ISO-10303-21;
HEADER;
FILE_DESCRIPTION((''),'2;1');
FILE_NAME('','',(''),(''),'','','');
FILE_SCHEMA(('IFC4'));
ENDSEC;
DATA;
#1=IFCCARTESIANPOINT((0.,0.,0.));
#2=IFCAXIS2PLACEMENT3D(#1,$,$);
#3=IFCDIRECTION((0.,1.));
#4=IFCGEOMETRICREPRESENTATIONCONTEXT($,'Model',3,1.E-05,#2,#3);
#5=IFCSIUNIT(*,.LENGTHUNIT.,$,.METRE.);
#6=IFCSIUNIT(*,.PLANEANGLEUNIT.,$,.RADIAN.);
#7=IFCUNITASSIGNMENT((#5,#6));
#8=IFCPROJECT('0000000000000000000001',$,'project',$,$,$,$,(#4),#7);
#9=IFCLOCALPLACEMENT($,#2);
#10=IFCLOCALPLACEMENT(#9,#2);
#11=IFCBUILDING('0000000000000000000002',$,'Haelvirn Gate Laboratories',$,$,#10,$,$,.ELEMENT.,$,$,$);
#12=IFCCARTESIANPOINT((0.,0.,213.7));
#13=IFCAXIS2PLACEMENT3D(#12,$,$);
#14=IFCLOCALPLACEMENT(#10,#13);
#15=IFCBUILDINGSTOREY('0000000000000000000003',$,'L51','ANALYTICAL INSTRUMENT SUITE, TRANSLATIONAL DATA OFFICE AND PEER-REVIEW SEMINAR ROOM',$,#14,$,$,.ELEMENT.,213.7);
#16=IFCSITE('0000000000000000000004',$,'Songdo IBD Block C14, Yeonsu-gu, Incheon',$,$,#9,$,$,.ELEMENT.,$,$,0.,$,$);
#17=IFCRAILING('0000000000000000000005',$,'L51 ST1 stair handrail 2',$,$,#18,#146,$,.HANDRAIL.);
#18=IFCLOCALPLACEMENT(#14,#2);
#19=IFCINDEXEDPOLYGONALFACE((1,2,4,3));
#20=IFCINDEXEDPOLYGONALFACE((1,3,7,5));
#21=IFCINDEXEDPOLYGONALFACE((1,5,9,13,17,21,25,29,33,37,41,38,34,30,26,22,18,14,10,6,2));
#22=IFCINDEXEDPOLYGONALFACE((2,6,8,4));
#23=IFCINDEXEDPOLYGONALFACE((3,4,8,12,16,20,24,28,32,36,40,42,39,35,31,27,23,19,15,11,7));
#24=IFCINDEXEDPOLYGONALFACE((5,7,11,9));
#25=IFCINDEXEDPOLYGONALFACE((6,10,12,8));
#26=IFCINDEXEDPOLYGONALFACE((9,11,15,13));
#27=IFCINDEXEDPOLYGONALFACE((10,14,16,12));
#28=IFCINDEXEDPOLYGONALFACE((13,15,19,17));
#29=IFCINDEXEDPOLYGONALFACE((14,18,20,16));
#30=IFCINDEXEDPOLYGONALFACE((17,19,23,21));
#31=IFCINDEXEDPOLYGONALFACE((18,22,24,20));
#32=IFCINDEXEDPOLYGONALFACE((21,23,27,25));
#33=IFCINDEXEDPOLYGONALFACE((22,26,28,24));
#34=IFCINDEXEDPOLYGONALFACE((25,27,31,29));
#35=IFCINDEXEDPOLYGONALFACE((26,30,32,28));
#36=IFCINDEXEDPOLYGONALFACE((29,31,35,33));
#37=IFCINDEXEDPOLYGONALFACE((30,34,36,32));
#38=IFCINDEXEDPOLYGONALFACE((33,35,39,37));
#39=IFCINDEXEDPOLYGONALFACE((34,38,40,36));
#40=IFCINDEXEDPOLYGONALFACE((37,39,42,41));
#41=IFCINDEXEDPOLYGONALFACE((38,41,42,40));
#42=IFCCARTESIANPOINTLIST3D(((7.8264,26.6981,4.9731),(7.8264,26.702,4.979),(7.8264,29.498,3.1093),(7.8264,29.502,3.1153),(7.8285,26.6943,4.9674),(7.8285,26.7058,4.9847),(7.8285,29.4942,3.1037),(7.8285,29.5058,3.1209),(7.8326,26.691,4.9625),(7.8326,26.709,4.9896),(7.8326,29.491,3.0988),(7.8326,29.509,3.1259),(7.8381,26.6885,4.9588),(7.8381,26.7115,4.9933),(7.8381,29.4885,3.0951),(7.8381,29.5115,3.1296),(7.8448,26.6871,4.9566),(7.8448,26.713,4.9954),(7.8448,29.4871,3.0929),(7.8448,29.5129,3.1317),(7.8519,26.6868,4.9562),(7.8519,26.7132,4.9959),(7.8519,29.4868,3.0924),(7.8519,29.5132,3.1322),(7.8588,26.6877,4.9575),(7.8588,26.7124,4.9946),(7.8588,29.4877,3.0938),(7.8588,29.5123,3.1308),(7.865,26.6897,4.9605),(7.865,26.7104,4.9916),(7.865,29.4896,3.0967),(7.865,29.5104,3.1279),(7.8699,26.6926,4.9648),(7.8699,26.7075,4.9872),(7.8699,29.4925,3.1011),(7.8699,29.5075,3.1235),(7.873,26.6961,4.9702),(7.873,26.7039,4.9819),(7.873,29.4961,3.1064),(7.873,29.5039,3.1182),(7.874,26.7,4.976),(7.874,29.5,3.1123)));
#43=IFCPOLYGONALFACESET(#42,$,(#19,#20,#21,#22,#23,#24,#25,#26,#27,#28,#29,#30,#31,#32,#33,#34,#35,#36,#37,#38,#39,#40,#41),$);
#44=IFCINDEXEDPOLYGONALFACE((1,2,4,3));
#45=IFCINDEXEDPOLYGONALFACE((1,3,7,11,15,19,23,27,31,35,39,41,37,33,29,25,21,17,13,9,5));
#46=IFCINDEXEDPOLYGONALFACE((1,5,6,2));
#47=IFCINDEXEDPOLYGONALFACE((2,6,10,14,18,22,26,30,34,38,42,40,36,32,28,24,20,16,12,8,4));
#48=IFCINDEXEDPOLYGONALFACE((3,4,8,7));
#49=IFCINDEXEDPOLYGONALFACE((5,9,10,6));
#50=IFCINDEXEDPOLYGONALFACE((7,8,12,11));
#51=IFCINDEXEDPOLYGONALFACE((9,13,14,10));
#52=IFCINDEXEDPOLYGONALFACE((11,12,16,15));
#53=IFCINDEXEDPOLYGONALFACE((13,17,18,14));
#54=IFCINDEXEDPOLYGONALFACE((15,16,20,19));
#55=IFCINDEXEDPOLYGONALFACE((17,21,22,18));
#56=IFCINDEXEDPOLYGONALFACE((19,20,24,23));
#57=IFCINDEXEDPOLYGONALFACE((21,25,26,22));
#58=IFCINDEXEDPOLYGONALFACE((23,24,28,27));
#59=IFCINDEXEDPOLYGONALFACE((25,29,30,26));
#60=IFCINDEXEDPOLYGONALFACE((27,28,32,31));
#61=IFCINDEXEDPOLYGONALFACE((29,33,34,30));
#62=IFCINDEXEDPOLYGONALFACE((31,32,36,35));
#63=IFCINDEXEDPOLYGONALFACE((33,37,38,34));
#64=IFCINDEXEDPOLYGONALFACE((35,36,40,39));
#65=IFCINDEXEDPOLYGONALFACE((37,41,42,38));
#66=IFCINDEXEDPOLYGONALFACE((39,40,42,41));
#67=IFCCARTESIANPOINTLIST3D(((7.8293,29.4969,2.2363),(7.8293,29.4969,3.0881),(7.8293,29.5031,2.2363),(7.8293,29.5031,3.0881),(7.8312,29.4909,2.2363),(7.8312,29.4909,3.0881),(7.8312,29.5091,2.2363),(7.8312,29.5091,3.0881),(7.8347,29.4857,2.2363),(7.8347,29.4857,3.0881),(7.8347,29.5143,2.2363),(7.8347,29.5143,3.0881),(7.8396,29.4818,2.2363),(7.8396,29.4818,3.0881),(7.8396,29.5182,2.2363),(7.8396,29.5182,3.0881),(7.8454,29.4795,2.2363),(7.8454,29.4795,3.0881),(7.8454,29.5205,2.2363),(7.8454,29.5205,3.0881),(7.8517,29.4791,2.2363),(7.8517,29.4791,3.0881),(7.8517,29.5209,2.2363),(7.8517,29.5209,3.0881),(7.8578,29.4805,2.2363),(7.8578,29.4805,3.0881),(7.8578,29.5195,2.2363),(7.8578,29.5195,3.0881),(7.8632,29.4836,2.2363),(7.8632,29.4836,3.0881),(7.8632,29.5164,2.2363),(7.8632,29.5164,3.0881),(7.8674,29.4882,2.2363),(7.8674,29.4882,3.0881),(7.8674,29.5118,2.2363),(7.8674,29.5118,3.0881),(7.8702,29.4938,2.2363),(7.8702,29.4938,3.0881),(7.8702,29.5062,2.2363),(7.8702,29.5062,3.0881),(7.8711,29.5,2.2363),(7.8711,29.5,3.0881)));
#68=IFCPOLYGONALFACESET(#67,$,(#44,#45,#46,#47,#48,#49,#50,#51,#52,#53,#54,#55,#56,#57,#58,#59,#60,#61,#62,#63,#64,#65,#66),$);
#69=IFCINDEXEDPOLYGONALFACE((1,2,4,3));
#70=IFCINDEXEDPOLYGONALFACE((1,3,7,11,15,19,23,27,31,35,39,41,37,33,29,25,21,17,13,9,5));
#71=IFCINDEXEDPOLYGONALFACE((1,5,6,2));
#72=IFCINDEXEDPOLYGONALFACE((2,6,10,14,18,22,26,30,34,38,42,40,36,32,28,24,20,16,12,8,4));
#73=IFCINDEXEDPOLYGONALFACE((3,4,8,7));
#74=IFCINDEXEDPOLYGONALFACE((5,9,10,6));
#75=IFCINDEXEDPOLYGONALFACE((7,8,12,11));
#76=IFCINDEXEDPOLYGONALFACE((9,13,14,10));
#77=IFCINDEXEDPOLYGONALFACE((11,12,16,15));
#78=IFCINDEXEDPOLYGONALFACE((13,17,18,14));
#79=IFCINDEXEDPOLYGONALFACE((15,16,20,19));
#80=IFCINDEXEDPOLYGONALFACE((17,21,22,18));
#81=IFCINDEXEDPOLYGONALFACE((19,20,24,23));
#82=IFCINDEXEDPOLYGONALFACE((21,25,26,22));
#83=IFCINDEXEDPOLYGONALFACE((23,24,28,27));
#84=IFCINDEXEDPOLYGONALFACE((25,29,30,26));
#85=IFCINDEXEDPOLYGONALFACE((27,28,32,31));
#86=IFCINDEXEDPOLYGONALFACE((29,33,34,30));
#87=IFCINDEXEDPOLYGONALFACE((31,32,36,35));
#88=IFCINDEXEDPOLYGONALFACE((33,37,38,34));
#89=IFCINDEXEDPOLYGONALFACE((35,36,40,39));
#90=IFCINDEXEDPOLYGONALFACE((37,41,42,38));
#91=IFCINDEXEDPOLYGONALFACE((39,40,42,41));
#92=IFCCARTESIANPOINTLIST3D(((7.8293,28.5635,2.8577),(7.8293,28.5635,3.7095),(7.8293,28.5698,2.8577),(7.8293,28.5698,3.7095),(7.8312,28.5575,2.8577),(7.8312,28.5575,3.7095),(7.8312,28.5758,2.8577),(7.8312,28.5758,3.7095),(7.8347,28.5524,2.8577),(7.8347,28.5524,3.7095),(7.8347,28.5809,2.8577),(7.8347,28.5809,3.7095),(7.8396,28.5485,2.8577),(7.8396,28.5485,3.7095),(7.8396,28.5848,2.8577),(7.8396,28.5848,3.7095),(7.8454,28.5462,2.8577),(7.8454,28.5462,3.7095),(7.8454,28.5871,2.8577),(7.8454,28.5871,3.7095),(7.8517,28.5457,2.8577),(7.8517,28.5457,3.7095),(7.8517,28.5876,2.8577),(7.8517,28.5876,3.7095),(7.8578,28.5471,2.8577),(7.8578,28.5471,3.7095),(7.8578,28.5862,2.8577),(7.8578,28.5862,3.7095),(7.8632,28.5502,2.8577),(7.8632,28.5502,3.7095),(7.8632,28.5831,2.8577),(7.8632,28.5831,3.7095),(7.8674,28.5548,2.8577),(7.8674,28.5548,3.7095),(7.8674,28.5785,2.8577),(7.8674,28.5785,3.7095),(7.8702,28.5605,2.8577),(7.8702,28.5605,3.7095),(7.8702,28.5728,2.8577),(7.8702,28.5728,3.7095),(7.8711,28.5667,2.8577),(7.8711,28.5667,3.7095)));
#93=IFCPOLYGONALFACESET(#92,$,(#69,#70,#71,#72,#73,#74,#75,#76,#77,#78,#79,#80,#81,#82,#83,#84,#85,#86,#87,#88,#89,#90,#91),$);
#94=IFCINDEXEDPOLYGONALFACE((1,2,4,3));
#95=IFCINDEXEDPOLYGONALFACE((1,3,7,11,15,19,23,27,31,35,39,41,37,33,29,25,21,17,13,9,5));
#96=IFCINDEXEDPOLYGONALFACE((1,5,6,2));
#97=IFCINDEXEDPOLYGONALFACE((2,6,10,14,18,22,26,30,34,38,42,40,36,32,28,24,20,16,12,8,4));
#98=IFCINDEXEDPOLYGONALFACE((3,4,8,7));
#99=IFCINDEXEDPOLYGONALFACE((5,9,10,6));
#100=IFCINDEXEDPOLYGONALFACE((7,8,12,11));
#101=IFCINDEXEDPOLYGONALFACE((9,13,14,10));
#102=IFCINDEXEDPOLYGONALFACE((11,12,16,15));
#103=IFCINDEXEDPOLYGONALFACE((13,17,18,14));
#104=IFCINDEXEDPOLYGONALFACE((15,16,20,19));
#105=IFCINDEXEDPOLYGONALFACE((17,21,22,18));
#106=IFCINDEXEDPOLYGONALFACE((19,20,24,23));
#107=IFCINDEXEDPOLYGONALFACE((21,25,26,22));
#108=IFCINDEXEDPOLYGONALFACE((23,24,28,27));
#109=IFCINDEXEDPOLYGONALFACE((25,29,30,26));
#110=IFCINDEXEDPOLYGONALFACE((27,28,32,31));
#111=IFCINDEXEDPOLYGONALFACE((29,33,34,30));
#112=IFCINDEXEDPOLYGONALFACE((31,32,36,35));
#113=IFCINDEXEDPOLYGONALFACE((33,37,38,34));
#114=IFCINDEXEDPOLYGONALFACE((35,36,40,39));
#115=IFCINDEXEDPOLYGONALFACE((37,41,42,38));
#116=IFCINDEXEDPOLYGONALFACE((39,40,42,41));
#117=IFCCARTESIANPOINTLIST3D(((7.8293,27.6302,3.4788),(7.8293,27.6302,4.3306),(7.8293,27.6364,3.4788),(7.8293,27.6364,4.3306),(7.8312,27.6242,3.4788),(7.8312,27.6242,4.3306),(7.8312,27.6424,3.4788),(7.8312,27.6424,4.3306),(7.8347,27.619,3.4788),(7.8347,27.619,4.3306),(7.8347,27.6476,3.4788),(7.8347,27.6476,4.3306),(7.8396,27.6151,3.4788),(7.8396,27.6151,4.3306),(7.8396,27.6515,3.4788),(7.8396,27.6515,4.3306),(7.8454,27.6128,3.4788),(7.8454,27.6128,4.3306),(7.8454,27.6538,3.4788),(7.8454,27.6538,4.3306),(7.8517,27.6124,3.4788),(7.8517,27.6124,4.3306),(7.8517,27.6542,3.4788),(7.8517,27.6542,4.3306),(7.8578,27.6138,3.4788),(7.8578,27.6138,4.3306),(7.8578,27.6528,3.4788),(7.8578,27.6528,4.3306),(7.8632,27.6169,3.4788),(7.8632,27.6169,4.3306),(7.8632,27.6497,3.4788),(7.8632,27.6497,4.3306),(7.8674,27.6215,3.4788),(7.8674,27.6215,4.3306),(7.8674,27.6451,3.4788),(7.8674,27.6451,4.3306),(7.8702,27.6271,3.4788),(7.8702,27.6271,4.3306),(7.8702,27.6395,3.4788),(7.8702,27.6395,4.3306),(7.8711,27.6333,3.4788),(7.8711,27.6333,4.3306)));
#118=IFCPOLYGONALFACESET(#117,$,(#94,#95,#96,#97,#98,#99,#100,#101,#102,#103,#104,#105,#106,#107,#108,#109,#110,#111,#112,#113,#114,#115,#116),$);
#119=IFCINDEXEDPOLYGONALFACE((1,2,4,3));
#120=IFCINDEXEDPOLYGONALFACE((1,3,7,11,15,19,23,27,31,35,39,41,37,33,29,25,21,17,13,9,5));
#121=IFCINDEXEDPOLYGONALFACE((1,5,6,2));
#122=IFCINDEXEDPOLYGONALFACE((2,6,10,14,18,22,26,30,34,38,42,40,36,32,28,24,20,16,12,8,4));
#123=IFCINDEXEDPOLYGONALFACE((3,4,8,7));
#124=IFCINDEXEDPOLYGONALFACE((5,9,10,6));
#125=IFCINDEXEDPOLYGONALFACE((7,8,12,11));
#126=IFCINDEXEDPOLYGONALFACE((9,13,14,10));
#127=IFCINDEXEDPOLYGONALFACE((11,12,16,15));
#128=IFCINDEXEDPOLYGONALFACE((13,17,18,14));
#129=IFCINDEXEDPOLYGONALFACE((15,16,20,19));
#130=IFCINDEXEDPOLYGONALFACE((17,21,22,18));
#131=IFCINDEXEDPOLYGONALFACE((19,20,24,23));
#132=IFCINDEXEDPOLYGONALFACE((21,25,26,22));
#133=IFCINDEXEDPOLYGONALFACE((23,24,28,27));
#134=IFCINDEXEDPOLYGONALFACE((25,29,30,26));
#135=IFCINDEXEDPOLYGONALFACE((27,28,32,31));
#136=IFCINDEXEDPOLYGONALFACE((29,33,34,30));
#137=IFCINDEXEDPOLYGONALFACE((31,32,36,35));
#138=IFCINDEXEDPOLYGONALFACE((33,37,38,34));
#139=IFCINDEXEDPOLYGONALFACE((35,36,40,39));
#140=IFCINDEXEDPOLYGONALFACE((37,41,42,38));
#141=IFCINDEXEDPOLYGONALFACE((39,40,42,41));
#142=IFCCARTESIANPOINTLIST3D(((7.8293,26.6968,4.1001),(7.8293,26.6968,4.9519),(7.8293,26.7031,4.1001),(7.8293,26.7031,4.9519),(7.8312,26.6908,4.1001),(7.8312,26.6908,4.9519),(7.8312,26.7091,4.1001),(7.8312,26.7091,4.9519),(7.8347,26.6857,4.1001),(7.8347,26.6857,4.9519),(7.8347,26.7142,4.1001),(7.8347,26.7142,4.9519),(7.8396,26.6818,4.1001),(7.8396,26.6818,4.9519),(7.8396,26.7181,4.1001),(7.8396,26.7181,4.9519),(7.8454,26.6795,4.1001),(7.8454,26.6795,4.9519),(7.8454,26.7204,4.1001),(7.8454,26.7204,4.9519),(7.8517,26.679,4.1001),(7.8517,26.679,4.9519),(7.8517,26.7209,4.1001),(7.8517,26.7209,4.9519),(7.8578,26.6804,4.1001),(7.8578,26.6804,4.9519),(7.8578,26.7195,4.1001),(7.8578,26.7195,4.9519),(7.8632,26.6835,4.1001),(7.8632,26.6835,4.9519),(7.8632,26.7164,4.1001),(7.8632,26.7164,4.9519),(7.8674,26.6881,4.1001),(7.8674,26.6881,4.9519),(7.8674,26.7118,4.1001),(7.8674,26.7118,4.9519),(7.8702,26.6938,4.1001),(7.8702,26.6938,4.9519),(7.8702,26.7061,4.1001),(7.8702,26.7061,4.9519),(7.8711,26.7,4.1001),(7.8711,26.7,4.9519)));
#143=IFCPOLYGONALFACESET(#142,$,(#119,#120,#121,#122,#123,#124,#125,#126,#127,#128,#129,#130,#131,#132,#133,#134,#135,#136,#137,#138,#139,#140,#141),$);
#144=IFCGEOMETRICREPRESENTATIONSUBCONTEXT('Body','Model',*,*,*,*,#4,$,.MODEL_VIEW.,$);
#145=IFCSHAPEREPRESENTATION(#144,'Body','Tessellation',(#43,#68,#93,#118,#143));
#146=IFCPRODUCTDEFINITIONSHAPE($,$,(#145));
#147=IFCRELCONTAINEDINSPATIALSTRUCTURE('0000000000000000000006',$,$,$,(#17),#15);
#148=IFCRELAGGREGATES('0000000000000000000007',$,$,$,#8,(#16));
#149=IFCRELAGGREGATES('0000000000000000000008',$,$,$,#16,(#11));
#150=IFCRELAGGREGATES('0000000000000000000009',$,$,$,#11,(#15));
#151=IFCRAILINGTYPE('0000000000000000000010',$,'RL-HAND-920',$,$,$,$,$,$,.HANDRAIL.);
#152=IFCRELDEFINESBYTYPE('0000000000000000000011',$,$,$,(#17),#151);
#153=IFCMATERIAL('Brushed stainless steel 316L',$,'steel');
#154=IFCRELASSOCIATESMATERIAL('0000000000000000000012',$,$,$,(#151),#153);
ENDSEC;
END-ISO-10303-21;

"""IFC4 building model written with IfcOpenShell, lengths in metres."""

from ifc_helpers import new_model, si_unit, direction, frame, origin, origin_2d, place, context, subcontext, project, spatial, circle, extrude, source, transform, mapped, material, type_object, element, save


model = new_model("IFC4")

# Units and contexts
model_context = context("Model", 3, precision=1e-05, world=origin(), true_north=direction((0.0, 1.0)))
body_context = subcontext(model_context, "Body", "Model", "MODEL_VIEW")
ifc_project = project(units=[si_unit("LENGTHUNIT", "METRE"), si_unit("PLANEANGLEUNIT", "RADIAN")], contexts=[model_context])

# Site, building, storey
site_placement = place(None, origin())
site = spatial("IfcSite", under=ifc_project, at=site_placement, Name="Songdo IBD Block C14, Yeonsu-gu, Incheon", CompositionType="ELEMENT", RefElevation=0.0)
building_placement = place(site_placement, origin())
building = spatial("IfcBuilding", under=site, at=building_placement, Name="Haelvirn Gate Laboratories", CompositionType="ELEMENT")
storey_placement = place(building_placement, frame((0.0, 0.0, 213.7)))
storey = spatial("IfcBuildingStorey", under=building, at=storey_placement, Name="L51", Description="ANALYTICAL INSTRUMENT SUITE, TRANSLATIONAL DATA OFFICE AND PEER-REVIEW SEMINAR ROOM", CompositionType="ELEMENT", Elevation=213.7)

# Railing
ifc_material_1 = material(Name="Brushed stainless steel 316L", Category="steel")
railing_type_1 = type_object("IfcRailingType", Name="RL-HAND-920", PredefinedType="HANDRAIL", material=ifc_material_1)
shared_shape_1 = source(origin(), body_context, "Body", "SweptSolid", [
    extrude(circle(Radius=0.0239, at=origin_2d()), frame((0.0, 0.0, 0.876), z_axis=(0.0, -0.832452, 0.554097), x_axis=(1.0, 0.0, 0.0)), (0.0, 0.0, 1.0), 3.3635),
    extrude(circle(Radius=0.021, at=origin_2d()), origin(), (0.0, 0.0, 1.0), 0.8518),
    extrude(circle(Radius=0.021, at=origin_2d()), frame((0.0, -0.9333, 0.6213)), (0.0, 0.0, 1.0), 0.8518),
    extrude(circle(Radius=0.021, at=origin_2d()), frame((0.0, -1.8667, 1.2424)), (0.0, 0.0, 1.0), 0.8518),
    extrude(circle(Radius=0.021, at=origin_2d()), frame((0.0, -2.8, 1.8638)), (0.0, 0.0, 1.0), 0.8518),
])
railing_1_placement = place(storey_placement, frame((7.8501, 29.5, 2.2363)))
element("IfcRailing", 1, at=railing_1_placement, inside=storey, type_object=railing_type_1, Name="L51 ST1 stair handrail 2", PredefinedType="HANDRAIL", context=body_context, shape_type="MappedRepresentation", body=[
    mapped(shared_shape_1, transform((0.0, 0.0, 0.0), scale=1.0)),
])

save(model, "model.ifc")
